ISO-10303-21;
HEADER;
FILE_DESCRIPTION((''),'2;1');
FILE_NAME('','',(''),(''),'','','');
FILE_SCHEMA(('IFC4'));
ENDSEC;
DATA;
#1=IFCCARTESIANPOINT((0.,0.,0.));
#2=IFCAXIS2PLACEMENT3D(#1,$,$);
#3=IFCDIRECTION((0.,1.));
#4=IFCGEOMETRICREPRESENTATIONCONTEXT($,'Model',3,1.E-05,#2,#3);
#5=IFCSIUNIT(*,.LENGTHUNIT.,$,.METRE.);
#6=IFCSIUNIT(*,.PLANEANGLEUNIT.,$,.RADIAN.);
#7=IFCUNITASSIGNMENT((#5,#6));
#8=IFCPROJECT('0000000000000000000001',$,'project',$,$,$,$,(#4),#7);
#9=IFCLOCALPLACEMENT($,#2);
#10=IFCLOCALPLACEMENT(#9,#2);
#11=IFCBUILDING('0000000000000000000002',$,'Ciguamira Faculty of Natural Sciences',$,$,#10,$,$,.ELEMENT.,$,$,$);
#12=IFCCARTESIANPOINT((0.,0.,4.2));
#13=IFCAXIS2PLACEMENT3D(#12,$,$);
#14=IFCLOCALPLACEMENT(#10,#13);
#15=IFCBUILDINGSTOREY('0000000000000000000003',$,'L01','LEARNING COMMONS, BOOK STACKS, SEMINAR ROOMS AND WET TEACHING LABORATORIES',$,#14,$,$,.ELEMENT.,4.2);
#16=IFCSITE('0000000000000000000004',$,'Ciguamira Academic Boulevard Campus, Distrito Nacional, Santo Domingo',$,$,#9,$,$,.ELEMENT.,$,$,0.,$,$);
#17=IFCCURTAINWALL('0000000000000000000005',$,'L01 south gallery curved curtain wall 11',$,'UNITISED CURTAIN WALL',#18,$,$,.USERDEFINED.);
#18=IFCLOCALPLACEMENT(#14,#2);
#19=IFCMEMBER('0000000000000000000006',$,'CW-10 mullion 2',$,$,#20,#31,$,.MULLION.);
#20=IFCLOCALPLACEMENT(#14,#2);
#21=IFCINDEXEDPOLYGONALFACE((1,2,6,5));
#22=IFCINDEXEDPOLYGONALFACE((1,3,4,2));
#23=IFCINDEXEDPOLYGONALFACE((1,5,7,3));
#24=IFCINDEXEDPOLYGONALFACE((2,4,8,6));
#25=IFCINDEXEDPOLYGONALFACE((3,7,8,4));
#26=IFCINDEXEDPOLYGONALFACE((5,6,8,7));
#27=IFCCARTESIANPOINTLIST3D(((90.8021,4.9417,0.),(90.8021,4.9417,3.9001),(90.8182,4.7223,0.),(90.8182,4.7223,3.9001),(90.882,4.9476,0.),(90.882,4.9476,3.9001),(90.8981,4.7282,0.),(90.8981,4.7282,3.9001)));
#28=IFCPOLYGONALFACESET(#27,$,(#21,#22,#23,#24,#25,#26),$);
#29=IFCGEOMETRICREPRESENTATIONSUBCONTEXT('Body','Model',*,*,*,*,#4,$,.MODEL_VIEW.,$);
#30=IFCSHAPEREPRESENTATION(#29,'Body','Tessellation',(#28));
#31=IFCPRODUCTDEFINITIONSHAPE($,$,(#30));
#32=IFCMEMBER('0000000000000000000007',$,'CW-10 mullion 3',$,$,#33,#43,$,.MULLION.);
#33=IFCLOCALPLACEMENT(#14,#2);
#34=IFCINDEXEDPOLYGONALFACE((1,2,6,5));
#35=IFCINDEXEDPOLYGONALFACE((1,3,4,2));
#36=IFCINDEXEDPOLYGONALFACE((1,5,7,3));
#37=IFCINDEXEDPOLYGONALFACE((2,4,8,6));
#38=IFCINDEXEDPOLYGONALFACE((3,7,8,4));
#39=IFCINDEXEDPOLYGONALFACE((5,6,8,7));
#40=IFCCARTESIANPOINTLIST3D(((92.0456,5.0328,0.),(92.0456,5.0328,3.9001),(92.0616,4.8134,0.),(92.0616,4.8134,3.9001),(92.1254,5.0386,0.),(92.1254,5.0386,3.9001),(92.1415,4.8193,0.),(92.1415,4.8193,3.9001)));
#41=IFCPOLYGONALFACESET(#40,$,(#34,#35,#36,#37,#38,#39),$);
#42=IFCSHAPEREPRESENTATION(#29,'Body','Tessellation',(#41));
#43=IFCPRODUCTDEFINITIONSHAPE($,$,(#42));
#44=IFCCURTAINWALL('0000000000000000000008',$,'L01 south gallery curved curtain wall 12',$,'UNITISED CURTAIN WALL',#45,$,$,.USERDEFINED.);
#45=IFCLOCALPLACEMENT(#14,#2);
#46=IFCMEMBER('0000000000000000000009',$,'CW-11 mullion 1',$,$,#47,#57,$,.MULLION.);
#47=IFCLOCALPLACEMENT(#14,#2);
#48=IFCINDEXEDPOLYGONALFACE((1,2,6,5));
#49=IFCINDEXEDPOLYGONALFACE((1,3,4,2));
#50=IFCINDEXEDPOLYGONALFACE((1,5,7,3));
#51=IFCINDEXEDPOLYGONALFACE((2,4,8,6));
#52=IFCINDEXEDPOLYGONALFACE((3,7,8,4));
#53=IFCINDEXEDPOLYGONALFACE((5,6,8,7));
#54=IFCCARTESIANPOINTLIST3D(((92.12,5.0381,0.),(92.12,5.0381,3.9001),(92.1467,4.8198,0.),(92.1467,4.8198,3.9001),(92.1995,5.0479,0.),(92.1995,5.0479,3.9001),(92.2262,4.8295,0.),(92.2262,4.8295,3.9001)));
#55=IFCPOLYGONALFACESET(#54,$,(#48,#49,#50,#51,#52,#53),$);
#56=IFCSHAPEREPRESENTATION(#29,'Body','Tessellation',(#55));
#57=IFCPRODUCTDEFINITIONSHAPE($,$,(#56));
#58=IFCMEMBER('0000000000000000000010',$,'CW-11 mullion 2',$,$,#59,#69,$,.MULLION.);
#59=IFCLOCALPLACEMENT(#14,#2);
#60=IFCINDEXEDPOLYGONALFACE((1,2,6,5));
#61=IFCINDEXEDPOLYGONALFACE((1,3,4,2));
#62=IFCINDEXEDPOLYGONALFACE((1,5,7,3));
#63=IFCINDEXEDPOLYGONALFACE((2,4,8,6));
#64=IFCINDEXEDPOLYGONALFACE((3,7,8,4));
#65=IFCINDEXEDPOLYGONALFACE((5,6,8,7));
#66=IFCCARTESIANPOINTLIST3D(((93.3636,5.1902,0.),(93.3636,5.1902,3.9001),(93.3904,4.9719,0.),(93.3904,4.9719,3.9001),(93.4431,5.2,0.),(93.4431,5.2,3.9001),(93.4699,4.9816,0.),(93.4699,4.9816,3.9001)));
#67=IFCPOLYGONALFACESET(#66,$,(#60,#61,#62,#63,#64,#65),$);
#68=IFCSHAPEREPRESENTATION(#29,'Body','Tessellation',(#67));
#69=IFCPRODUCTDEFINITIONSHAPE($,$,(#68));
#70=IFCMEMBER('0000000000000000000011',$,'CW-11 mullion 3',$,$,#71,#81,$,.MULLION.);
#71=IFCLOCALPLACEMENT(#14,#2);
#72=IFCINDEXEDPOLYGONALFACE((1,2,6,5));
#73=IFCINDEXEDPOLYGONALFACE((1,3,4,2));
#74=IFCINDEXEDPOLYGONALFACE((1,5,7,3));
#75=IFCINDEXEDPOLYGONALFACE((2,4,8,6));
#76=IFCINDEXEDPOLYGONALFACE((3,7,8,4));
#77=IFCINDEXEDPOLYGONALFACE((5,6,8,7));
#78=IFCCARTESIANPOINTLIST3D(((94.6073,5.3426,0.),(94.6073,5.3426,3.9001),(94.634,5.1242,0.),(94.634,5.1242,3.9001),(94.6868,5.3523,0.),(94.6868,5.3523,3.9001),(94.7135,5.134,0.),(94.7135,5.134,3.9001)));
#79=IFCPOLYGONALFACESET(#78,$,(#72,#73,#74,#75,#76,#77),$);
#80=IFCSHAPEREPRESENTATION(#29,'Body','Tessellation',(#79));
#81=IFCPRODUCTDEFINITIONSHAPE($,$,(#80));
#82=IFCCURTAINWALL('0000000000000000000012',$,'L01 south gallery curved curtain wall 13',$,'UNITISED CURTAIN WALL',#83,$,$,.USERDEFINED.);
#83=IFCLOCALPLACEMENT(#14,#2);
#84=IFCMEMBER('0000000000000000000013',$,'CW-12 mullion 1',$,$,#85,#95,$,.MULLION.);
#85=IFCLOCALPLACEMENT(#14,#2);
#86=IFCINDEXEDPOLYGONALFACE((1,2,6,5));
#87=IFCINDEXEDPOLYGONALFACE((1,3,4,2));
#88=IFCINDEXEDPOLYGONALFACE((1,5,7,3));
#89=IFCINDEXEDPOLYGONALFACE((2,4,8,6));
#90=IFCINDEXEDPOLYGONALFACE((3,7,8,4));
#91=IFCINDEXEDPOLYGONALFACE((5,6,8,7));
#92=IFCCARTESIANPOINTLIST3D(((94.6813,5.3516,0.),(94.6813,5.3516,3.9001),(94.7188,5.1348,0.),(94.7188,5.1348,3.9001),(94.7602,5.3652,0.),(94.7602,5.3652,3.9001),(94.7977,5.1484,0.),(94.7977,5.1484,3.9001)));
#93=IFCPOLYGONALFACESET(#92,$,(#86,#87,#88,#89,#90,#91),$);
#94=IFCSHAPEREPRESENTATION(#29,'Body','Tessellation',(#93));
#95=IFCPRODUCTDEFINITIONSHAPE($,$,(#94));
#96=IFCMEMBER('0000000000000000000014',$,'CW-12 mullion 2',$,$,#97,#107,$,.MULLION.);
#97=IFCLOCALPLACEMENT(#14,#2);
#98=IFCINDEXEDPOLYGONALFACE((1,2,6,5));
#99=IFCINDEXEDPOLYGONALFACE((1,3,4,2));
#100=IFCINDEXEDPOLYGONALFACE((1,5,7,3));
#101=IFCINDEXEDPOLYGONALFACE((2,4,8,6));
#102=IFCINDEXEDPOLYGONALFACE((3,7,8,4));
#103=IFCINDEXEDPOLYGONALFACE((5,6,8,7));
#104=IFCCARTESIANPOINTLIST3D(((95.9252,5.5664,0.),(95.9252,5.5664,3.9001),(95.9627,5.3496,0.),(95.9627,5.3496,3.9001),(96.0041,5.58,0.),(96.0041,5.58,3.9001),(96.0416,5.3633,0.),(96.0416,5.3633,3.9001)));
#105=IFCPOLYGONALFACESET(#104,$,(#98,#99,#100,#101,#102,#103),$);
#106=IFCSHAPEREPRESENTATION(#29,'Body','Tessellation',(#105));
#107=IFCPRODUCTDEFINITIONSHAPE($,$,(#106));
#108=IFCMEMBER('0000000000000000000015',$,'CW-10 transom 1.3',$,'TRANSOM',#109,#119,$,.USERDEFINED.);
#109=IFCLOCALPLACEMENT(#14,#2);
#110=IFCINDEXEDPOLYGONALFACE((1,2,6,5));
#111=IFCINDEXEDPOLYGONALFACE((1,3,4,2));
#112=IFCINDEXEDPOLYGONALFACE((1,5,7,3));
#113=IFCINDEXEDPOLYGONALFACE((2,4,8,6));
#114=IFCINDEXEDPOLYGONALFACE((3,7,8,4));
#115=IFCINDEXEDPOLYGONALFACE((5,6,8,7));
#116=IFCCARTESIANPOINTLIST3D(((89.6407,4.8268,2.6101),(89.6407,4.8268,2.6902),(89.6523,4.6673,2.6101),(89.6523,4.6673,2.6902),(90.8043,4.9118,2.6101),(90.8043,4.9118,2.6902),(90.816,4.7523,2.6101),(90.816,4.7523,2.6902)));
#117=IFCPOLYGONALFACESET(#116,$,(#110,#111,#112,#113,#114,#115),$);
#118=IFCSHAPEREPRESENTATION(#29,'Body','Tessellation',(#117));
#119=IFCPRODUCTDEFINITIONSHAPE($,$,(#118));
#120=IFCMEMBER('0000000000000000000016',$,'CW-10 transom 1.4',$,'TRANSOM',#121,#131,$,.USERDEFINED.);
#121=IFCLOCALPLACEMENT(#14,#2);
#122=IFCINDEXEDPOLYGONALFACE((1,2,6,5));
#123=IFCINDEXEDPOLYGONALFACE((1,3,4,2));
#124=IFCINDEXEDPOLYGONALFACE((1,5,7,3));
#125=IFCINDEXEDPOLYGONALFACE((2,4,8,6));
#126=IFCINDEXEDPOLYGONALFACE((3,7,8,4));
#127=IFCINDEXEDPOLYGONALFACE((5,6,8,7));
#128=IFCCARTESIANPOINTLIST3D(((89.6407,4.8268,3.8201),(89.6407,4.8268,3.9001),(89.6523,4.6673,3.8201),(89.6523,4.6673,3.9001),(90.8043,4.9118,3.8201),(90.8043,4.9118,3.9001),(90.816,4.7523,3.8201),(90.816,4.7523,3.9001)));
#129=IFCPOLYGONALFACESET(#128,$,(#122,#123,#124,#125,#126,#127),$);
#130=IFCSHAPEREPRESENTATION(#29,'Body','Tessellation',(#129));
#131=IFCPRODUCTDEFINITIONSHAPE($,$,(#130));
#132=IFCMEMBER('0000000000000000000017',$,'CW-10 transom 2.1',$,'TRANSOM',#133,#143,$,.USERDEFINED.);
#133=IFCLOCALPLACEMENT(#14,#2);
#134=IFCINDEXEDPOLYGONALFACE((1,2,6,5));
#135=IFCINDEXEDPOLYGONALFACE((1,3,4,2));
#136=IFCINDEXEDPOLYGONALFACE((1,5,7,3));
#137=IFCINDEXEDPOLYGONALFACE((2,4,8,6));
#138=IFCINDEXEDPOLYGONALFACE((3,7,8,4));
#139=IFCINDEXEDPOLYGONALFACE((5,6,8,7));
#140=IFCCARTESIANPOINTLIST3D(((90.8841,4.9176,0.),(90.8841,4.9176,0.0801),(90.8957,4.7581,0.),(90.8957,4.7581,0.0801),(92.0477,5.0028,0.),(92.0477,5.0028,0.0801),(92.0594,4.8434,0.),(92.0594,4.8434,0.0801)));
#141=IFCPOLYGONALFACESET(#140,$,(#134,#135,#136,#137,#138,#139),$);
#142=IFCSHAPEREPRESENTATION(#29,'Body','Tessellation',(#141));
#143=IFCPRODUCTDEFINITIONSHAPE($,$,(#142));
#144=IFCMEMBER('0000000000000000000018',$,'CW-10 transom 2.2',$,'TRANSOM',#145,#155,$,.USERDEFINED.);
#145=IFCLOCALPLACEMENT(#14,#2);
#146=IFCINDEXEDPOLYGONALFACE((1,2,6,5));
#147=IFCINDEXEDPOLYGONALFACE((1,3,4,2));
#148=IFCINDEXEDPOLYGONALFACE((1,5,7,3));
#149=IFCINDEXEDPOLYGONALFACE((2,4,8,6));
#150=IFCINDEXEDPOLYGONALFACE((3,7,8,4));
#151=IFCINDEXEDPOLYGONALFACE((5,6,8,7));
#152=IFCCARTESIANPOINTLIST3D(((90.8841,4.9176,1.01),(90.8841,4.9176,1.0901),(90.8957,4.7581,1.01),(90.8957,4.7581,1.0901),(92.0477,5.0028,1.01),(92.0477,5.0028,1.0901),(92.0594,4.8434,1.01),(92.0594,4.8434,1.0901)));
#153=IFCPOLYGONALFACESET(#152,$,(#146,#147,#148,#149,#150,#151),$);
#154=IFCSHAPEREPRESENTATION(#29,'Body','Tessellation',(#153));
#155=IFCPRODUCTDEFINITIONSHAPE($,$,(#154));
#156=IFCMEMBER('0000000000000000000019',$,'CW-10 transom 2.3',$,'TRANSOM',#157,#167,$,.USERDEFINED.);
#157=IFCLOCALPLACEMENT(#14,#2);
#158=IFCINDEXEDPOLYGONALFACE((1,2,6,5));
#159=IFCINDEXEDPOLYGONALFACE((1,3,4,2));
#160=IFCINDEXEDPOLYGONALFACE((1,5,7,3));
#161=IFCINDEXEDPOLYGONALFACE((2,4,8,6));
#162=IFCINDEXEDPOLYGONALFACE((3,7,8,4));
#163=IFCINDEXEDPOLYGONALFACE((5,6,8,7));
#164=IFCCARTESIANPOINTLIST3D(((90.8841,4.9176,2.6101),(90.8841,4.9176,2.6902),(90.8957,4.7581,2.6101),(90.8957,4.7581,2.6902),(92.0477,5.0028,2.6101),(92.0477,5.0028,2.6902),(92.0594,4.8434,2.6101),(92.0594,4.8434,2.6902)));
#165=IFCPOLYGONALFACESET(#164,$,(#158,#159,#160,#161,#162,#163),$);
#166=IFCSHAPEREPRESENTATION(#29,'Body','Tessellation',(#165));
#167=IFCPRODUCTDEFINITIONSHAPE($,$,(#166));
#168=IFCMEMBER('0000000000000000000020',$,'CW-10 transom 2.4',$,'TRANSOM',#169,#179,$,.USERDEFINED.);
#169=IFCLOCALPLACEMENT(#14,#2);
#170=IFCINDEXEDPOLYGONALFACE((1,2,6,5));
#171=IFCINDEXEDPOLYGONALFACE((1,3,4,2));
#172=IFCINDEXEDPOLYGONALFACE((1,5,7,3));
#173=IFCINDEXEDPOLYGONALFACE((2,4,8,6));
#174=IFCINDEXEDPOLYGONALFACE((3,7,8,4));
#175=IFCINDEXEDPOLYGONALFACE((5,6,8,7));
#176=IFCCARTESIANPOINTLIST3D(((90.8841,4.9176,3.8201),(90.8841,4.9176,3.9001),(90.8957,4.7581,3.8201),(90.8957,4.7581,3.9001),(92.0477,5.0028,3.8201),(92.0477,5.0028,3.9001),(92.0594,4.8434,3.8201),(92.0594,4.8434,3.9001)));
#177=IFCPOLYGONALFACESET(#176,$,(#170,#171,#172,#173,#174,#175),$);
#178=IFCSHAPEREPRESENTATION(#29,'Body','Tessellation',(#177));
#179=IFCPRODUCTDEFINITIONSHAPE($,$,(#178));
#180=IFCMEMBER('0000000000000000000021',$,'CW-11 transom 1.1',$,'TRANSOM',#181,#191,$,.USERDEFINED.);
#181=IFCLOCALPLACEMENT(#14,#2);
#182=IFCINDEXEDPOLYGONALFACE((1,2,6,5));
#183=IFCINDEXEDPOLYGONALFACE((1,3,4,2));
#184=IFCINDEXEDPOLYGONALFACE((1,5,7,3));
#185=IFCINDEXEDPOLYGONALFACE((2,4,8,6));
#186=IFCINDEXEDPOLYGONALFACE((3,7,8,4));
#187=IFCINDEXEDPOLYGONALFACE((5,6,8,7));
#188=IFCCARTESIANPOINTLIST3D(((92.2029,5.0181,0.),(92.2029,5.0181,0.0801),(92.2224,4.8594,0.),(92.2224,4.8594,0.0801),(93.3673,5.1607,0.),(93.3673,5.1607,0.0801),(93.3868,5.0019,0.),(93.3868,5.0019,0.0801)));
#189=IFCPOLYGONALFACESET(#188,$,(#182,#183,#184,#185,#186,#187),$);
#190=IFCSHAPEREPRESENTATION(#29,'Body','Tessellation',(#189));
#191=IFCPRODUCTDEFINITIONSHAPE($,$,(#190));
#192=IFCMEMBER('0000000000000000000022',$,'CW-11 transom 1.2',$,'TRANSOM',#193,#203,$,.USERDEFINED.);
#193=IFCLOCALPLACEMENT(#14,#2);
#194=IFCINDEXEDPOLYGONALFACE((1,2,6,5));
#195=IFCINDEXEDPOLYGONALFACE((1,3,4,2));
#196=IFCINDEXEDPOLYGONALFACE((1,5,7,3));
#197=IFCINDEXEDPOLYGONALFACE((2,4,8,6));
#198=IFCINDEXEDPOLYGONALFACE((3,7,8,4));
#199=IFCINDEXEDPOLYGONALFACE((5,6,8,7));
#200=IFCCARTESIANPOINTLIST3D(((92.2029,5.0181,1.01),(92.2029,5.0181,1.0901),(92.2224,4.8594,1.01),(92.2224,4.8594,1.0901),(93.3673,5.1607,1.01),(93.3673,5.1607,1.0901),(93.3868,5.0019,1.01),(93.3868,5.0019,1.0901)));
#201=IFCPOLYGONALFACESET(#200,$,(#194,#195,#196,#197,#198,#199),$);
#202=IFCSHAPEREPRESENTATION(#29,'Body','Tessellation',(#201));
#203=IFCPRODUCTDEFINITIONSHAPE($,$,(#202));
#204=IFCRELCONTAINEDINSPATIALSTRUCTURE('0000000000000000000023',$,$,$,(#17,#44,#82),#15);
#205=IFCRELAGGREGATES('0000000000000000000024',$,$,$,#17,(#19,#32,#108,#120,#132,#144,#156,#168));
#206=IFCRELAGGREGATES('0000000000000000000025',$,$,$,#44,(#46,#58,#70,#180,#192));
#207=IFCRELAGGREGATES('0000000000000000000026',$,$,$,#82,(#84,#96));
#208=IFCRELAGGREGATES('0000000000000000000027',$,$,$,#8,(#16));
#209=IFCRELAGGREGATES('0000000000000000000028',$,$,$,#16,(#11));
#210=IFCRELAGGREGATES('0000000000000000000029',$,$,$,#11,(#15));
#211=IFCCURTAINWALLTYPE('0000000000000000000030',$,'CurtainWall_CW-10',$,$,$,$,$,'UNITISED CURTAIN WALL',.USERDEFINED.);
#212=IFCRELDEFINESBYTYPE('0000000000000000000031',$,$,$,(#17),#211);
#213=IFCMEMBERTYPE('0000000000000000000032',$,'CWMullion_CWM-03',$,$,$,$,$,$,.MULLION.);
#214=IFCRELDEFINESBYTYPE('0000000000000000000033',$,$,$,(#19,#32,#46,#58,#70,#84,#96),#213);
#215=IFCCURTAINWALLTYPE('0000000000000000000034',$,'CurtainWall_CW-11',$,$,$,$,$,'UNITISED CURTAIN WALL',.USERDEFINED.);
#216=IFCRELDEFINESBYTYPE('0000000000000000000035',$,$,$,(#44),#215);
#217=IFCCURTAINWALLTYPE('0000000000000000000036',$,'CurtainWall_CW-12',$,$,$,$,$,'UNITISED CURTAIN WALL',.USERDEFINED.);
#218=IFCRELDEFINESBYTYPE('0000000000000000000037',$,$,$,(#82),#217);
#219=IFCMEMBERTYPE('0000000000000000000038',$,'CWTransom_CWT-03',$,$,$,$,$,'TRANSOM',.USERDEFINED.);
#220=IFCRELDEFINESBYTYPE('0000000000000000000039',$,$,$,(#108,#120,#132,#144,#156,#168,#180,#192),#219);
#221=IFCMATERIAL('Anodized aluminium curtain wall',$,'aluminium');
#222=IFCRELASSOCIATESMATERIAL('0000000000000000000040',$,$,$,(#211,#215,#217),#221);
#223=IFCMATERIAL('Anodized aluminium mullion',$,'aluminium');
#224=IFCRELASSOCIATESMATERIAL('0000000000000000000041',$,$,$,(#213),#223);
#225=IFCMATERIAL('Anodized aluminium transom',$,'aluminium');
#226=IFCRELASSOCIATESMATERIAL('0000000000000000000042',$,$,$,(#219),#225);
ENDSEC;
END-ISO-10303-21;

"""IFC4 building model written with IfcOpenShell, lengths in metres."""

from ifc_helpers import new_model, si_unit, direction, frame, origin, origin_2d, place, context, subcontext, project, spatial, rectangle, extrude, material, material_profile, profile_set, type_object, element, aggregate, save


model = new_model("IFC4")

# Units and contexts
model_context = context("Model", 3, precision=1e-05, world=origin(), true_north=direction((0.0, 1.0)))
body_context = subcontext(model_context, "Body", "Model", "MODEL_VIEW")
ifc_project = project(units=[si_unit("LENGTHUNIT", "METRE"), si_unit("PLANEANGLEUNIT", "RADIAN")], contexts=[model_context])

# Site, building, storey
site_placement = place(None, origin())
site = spatial("IfcSite", under=ifc_project, at=site_placement, Name="Ciguamira Academic Boulevard Campus, Distrito Nacional, Santo Domingo", CompositionType="ELEMENT", RefElevation=0.0)
building_placement = place(site_placement, origin())
building = spatial("IfcBuilding", under=site, at=building_placement, Name="Ciguamira Faculty of Natural Sciences", CompositionType="ELEMENT")
storey_placement = place(building_placement, frame((0.0, 0.0, 4.2)))
storey = spatial("IfcBuildingStorey", under=building, at=storey_placement, Name="L01", Description="LEARNING COMMONS, BOOK STACKS, SEMINAR ROOMS AND WET TEACHING LABORATORIES", CompositionType="ELEMENT", Elevation=4.2)

# Curtain walls, members
ifc_material_1 = material(Name="Anodized aluminium curtain wall", Category="aluminium")
curtain_wall_type_1 = type_object("IfcCurtainWallType", Name="CurtainWall_CW-10", ElementType="UNITISED CURTAIN WALL", PredefinedType="USERDEFINED", material=ifc_material_1)
curtain_wall_1_placement = place(storey_placement, origin())
curtain_wall_1 = element("IfcCurtainWall", 1, at=curtain_wall_1_placement, inside=storey, type_object=curtain_wall_type_1, Name="L01 south gallery curved curtain wall 11", ObjectType="UNITISED CURTAIN WALL", PredefinedType="USERDEFINED")
ifc_material_2 = material(Name="Anodized aluminium mullion", Category="aluminium")
ifc_material_profile_1 = material_profile(ifc_material_2, rectangle(XDim=0.0801, YDim=0.22, at=origin_2d()), Name="ALU-MUL-80X220")
ifc_profile_set_1 = profile_set([ifc_material_profile_1], Name="Anodized aluminium mullion")
member_type_1 = type_object("IfcMemberType", Name="CWMullion_CWM-03", PredefinedType="MULLION", material=ifc_profile_set_1)
member_1_placement = place(storey_placement, frame((90.8501, 4.835, 0.0), z_axis=(0.0, 0.0, 1.0), x_axis=(0.997337, 0.072937, 0.0)))
member_1 = element("IfcMember", 2, at=member_1_placement, type_object=member_type_1, Name="CW-10 mullion 2", PredefinedType="MULLION", context=body_context, shape_type="SweptSolid", body=[
    extrude(rectangle(XDim=0.0801, YDim=0.22, at=origin_2d()), origin(), (0.0, 0.0, 1.0), 3.9001),
])
member_2_placement = place(storey_placement, frame((92.0935, 4.926, 0.0), z_axis=(0.0, 0.0, 1.0), x_axis=(0.997337, 0.072937, 0.0)))
member_2 = element("IfcMember", 3, at=member_2_placement, type_object=member_type_1, Name="CW-10 mullion 3", PredefinedType="MULLION", context=body_context, shape_type="SweptSolid", body=[
    extrude(rectangle(XDim=0.0801, YDim=0.22, at=origin_2d()), origin(), (0.0, 0.0, 1.0), 3.9001),
])
curtain_wall_type_2 = type_object("IfcCurtainWallType", Name="CurtainWall_CW-11", ElementType="UNITISED CURTAIN WALL", PredefinedType="USERDEFINED", material=ifc_material_1)
curtain_wall_2_placement = place(storey_placement, origin())
curtain_wall_2 = element("IfcCurtainWall", 4, at=curtain_wall_2_placement, inside=storey, type_object=curtain_wall_type_2, Name="L01 south gallery curved curtain wall 12", ObjectType="UNITISED CURTAIN WALL", PredefinedType="USERDEFINED")
member_3_placement = place(storey_placement, frame((92.1731, 4.9338, 0.0), z_axis=(0.0, 0.0, 1.0), x_axis=(0.992586, 0.121545, 0.0)))
member_3 = element("IfcMember", 5, at=member_3_placement, type_object=member_type_1, Name="CW-11 mullion 1", PredefinedType="MULLION", context=body_context, shape_type="SweptSolid", body=[
    extrude(rectangle(XDim=0.0801, YDim=0.22, at=origin_2d()), origin(), (0.0, 0.0, 1.0), 3.9001),
])
member_4_placement = place(storey_placement, frame((93.4167, 5.0859, 0.0), z_axis=(0.0, 0.0, 1.0), x_axis=(0.992586, 0.121545, 0.0)))
member_4 = element("IfcMember", 6, at=member_4_placement, type_object=member_type_1, Name="CW-11 mullion 2", PredefinedType="MULLION", context=body_context, shape_type="SweptSolid", body=[
    extrude(rectangle(XDim=0.0801, YDim=0.22, at=origin_2d()), origin(), (0.0, 0.0, 1.0), 3.9001),
])
member_5_placement = place(storey_placement, frame((94.6604, 5.2383, 0.0), z_axis=(0.0, 0.0, 1.0), x_axis=(0.992586, 0.121545, 0.0)))
member_5 = element("IfcMember", 7, at=member_5_placement, type_object=member_type_1, Name="CW-11 mullion 3", PredefinedType="MULLION", context=body_context, shape_type="SweptSolid", body=[
    extrude(rectangle(XDim=0.0801, YDim=0.22, at=origin_2d()), origin(), (0.0, 0.0, 1.0), 3.9001),
])
curtain_wall_type_3 = type_object("IfcCurtainWallType", Name="CurtainWall_CW-12", ElementType="UNITISED CURTAIN WALL", PredefinedType="USERDEFINED", material=ifc_material_1)
curtain_wall_3_placement = place(storey_placement, origin())
curtain_wall_3 = element("IfcCurtainWall", 8, at=curtain_wall_3_placement, inside=storey, type_object=curtain_wall_type_3, Name="L01 south gallery curved curtain wall 13", ObjectType="UNITISED CURTAIN WALL", PredefinedType="USERDEFINED")
member_6_placement = place(storey_placement, frame((94.7395, 5.25, 0.0), z_axis=(0.0, 0.0, 1.0), x_axis=(0.985411, 0.170192, 0.0)))
member_6 = element("IfcMember", 9, at=member_6_placement, type_object=member_type_1, Name="CW-12 mullion 1", PredefinedType="MULLION", context=body_context, shape_type="SweptSolid", body=[
    extrude(rectangle(XDim=0.0801, YDim=0.22, at=origin_2d()), origin(), (0.0, 0.0, 1.0), 3.9001),
])
member_7_placement = place(storey_placement, frame((95.9834, 5.4648, 0.0), z_axis=(0.0, 0.0, 1.0), x_axis=(0.985411, 0.170192, 0.0)))
member_7 = element("IfcMember", 10, at=member_7_placement, type_object=member_type_1, Name="CW-12 mullion 2", PredefinedType="MULLION", context=body_context, shape_type="SweptSolid", body=[
    extrude(rectangle(XDim=0.0801, YDim=0.22, at=origin_2d()), origin(), (0.0, 0.0, 1.0), 3.9001),
])

# Members
ifc_material_3 = material(Name="Anodized aluminium transom", Category="aluminium")
ifc_material_profile_2 = material_profile(ifc_material_3, rectangle(XDim=0.0801, YDim=0.1599, at=origin_2d()), Name="ALU-TRN-80X160")
ifc_profile_set_2 = profile_set([ifc_material_profile_2], Name="Anodized aluminium transom")
member_type_2 = type_object("IfcMemberType", Name="CWTransom_CWT-03", ElementType="TRANSOM", PredefinedType="USERDEFINED", material=ifc_profile_set_2)
member_8_placement = place(storey_placement, frame((89.6465, 4.7471, 2.6501), z_axis=(0.997345, 0.072823, 0.0), x_axis=(0.0, 0.0, 1.0)))
member_8 = element("IfcMember", 11, at=member_8_placement, type_object=member_type_2, Name="CW-10 transom 1.3", ObjectType="TRANSOM", PredefinedType="USERDEFINED", context=body_context, shape_type="SweptSolid", body=[
    extrude(rectangle(XDim=0.0801, YDim=0.1599, at=origin_2d()), origin(), (0.0, 0.0, 1.0), 1.1667),
])
member_9_placement = place(storey_placement, frame((89.6465, 4.7471, 3.8601), z_axis=(0.997345, 0.072823, 0.0), x_axis=(0.0, 0.0, 1.0)))
member_9 = element("IfcMember", 12, at=member_9_placement, type_object=member_type_2, Name="CW-10 transom 1.4", ObjectType="TRANSOM", PredefinedType="USERDEFINED", context=body_context, shape_type="SweptSolid", body=[
    extrude(rectangle(XDim=0.0801, YDim=0.1599, at=origin_2d()), origin(), (0.0, 0.0, 1.0), 1.1667),
])
member_10_placement = place(storey_placement, frame((90.8899, 4.8379, 0.04), z_axis=(0.99733, 0.073031, 0.0), x_axis=(0.0, 0.0, 1.0)))
member_10 = element("IfcMember", 13, at=member_10_placement, type_object=member_type_2, Name="CW-10 transom 2.1", ObjectType="TRANSOM", PredefinedType="USERDEFINED", context=body_context, shape_type="SweptSolid", body=[
    extrude(rectangle(XDim=0.0801, YDim=0.1599, at=origin_2d()), origin(), (0.0, 0.0, 1.0), 1.1667),
])
member_11_placement = place(storey_placement, frame((90.8899, 4.8379, 1.05), z_axis=(0.99733, 0.073031, 0.0), x_axis=(0.0, 0.0, 1.0)))
member_11 = element("IfcMember", 14, at=member_11_placement, type_object=member_type_2, Name="CW-10 transom 2.2", ObjectType="TRANSOM", PredefinedType="USERDEFINED", context=body_context, shape_type="SweptSolid", body=[
    extrude(rectangle(XDim=0.0801, YDim=0.1599, at=origin_2d()), origin(), (0.0, 0.0, 1.0), 1.1667),
])
member_12_placement = place(storey_placement, frame((90.8899, 4.8379, 2.6501), z_axis=(0.99733, 0.073031, 0.0), x_axis=(0.0, 0.0, 1.0)))
member_12 = element("IfcMember", 15, at=member_12_placement, type_object=member_type_2, Name="CW-10 transom 2.3", ObjectType="TRANSOM", PredefinedType="USERDEFINED", context=body_context, shape_type="SweptSolid", body=[
    extrude(rectangle(XDim=0.0801, YDim=0.1599, at=origin_2d()), origin(), (0.0, 0.0, 1.0), 1.1667),
])
member_13_placement = place(storey_placement, frame((90.8899, 4.8379, 3.8601), z_axis=(0.99733, 0.073031, 0.0), x_axis=(0.0, 0.0, 1.0)))
member_13 = element("IfcMember", 16, at=member_13_placement, type_object=member_type_2, Name="CW-10 transom 2.4", ObjectType="TRANSOM", PredefinedType="USERDEFINED", context=body_context, shape_type="SweptSolid", body=[
    extrude(rectangle(XDim=0.0801, YDim=0.1599, at=origin_2d()), origin(), (0.0, 0.0, 1.0), 1.1667),
])
member_14_placement = place(storey_placement, frame((92.2126, 4.9387, 0.04), z_axis=(0.992585, 0.12155, 0.0), x_axis=(0.0, 0.0, 1.0)))
member_14 = element("IfcMember", 17, at=member_14_placement, type_object=member_type_2, Name="CW-11 transom 1.1", ObjectType="TRANSOM", PredefinedType="USERDEFINED", context=body_context, shape_type="SweptSolid", body=[
    extrude(rectangle(XDim=0.0801, YDim=0.1599, at=origin_2d()), origin(), (0.0, 0.0, 1.0), 1.1731),
])
member_15_placement = place(storey_placement, frame((92.2126, 4.9387, 1.05), z_axis=(0.992585, 0.12155, 0.0), x_axis=(0.0, 0.0, 1.0)))
member_15 = element("IfcMember", 18, at=member_15_placement, type_object=member_type_2, Name="CW-11 transom 1.2", ObjectType="TRANSOM", PredefinedType="USERDEFINED", context=body_context, shape_type="SweptSolid", body=[
    extrude(rectangle(XDim=0.0801, YDim=0.1599, at=origin_2d()), origin(), (0.0, 0.0, 1.0), 1.1731),
])

aggregate(curtain_wall_1, [member_1, member_2, member_8, member_9, member_10, member_11, member_12, member_13])
aggregate(curtain_wall_2, [member_3, member_4, member_5, member_14, member_15])
aggregate(curtain_wall_3, [member_6, member_7])

save(model, "model.ifc")
